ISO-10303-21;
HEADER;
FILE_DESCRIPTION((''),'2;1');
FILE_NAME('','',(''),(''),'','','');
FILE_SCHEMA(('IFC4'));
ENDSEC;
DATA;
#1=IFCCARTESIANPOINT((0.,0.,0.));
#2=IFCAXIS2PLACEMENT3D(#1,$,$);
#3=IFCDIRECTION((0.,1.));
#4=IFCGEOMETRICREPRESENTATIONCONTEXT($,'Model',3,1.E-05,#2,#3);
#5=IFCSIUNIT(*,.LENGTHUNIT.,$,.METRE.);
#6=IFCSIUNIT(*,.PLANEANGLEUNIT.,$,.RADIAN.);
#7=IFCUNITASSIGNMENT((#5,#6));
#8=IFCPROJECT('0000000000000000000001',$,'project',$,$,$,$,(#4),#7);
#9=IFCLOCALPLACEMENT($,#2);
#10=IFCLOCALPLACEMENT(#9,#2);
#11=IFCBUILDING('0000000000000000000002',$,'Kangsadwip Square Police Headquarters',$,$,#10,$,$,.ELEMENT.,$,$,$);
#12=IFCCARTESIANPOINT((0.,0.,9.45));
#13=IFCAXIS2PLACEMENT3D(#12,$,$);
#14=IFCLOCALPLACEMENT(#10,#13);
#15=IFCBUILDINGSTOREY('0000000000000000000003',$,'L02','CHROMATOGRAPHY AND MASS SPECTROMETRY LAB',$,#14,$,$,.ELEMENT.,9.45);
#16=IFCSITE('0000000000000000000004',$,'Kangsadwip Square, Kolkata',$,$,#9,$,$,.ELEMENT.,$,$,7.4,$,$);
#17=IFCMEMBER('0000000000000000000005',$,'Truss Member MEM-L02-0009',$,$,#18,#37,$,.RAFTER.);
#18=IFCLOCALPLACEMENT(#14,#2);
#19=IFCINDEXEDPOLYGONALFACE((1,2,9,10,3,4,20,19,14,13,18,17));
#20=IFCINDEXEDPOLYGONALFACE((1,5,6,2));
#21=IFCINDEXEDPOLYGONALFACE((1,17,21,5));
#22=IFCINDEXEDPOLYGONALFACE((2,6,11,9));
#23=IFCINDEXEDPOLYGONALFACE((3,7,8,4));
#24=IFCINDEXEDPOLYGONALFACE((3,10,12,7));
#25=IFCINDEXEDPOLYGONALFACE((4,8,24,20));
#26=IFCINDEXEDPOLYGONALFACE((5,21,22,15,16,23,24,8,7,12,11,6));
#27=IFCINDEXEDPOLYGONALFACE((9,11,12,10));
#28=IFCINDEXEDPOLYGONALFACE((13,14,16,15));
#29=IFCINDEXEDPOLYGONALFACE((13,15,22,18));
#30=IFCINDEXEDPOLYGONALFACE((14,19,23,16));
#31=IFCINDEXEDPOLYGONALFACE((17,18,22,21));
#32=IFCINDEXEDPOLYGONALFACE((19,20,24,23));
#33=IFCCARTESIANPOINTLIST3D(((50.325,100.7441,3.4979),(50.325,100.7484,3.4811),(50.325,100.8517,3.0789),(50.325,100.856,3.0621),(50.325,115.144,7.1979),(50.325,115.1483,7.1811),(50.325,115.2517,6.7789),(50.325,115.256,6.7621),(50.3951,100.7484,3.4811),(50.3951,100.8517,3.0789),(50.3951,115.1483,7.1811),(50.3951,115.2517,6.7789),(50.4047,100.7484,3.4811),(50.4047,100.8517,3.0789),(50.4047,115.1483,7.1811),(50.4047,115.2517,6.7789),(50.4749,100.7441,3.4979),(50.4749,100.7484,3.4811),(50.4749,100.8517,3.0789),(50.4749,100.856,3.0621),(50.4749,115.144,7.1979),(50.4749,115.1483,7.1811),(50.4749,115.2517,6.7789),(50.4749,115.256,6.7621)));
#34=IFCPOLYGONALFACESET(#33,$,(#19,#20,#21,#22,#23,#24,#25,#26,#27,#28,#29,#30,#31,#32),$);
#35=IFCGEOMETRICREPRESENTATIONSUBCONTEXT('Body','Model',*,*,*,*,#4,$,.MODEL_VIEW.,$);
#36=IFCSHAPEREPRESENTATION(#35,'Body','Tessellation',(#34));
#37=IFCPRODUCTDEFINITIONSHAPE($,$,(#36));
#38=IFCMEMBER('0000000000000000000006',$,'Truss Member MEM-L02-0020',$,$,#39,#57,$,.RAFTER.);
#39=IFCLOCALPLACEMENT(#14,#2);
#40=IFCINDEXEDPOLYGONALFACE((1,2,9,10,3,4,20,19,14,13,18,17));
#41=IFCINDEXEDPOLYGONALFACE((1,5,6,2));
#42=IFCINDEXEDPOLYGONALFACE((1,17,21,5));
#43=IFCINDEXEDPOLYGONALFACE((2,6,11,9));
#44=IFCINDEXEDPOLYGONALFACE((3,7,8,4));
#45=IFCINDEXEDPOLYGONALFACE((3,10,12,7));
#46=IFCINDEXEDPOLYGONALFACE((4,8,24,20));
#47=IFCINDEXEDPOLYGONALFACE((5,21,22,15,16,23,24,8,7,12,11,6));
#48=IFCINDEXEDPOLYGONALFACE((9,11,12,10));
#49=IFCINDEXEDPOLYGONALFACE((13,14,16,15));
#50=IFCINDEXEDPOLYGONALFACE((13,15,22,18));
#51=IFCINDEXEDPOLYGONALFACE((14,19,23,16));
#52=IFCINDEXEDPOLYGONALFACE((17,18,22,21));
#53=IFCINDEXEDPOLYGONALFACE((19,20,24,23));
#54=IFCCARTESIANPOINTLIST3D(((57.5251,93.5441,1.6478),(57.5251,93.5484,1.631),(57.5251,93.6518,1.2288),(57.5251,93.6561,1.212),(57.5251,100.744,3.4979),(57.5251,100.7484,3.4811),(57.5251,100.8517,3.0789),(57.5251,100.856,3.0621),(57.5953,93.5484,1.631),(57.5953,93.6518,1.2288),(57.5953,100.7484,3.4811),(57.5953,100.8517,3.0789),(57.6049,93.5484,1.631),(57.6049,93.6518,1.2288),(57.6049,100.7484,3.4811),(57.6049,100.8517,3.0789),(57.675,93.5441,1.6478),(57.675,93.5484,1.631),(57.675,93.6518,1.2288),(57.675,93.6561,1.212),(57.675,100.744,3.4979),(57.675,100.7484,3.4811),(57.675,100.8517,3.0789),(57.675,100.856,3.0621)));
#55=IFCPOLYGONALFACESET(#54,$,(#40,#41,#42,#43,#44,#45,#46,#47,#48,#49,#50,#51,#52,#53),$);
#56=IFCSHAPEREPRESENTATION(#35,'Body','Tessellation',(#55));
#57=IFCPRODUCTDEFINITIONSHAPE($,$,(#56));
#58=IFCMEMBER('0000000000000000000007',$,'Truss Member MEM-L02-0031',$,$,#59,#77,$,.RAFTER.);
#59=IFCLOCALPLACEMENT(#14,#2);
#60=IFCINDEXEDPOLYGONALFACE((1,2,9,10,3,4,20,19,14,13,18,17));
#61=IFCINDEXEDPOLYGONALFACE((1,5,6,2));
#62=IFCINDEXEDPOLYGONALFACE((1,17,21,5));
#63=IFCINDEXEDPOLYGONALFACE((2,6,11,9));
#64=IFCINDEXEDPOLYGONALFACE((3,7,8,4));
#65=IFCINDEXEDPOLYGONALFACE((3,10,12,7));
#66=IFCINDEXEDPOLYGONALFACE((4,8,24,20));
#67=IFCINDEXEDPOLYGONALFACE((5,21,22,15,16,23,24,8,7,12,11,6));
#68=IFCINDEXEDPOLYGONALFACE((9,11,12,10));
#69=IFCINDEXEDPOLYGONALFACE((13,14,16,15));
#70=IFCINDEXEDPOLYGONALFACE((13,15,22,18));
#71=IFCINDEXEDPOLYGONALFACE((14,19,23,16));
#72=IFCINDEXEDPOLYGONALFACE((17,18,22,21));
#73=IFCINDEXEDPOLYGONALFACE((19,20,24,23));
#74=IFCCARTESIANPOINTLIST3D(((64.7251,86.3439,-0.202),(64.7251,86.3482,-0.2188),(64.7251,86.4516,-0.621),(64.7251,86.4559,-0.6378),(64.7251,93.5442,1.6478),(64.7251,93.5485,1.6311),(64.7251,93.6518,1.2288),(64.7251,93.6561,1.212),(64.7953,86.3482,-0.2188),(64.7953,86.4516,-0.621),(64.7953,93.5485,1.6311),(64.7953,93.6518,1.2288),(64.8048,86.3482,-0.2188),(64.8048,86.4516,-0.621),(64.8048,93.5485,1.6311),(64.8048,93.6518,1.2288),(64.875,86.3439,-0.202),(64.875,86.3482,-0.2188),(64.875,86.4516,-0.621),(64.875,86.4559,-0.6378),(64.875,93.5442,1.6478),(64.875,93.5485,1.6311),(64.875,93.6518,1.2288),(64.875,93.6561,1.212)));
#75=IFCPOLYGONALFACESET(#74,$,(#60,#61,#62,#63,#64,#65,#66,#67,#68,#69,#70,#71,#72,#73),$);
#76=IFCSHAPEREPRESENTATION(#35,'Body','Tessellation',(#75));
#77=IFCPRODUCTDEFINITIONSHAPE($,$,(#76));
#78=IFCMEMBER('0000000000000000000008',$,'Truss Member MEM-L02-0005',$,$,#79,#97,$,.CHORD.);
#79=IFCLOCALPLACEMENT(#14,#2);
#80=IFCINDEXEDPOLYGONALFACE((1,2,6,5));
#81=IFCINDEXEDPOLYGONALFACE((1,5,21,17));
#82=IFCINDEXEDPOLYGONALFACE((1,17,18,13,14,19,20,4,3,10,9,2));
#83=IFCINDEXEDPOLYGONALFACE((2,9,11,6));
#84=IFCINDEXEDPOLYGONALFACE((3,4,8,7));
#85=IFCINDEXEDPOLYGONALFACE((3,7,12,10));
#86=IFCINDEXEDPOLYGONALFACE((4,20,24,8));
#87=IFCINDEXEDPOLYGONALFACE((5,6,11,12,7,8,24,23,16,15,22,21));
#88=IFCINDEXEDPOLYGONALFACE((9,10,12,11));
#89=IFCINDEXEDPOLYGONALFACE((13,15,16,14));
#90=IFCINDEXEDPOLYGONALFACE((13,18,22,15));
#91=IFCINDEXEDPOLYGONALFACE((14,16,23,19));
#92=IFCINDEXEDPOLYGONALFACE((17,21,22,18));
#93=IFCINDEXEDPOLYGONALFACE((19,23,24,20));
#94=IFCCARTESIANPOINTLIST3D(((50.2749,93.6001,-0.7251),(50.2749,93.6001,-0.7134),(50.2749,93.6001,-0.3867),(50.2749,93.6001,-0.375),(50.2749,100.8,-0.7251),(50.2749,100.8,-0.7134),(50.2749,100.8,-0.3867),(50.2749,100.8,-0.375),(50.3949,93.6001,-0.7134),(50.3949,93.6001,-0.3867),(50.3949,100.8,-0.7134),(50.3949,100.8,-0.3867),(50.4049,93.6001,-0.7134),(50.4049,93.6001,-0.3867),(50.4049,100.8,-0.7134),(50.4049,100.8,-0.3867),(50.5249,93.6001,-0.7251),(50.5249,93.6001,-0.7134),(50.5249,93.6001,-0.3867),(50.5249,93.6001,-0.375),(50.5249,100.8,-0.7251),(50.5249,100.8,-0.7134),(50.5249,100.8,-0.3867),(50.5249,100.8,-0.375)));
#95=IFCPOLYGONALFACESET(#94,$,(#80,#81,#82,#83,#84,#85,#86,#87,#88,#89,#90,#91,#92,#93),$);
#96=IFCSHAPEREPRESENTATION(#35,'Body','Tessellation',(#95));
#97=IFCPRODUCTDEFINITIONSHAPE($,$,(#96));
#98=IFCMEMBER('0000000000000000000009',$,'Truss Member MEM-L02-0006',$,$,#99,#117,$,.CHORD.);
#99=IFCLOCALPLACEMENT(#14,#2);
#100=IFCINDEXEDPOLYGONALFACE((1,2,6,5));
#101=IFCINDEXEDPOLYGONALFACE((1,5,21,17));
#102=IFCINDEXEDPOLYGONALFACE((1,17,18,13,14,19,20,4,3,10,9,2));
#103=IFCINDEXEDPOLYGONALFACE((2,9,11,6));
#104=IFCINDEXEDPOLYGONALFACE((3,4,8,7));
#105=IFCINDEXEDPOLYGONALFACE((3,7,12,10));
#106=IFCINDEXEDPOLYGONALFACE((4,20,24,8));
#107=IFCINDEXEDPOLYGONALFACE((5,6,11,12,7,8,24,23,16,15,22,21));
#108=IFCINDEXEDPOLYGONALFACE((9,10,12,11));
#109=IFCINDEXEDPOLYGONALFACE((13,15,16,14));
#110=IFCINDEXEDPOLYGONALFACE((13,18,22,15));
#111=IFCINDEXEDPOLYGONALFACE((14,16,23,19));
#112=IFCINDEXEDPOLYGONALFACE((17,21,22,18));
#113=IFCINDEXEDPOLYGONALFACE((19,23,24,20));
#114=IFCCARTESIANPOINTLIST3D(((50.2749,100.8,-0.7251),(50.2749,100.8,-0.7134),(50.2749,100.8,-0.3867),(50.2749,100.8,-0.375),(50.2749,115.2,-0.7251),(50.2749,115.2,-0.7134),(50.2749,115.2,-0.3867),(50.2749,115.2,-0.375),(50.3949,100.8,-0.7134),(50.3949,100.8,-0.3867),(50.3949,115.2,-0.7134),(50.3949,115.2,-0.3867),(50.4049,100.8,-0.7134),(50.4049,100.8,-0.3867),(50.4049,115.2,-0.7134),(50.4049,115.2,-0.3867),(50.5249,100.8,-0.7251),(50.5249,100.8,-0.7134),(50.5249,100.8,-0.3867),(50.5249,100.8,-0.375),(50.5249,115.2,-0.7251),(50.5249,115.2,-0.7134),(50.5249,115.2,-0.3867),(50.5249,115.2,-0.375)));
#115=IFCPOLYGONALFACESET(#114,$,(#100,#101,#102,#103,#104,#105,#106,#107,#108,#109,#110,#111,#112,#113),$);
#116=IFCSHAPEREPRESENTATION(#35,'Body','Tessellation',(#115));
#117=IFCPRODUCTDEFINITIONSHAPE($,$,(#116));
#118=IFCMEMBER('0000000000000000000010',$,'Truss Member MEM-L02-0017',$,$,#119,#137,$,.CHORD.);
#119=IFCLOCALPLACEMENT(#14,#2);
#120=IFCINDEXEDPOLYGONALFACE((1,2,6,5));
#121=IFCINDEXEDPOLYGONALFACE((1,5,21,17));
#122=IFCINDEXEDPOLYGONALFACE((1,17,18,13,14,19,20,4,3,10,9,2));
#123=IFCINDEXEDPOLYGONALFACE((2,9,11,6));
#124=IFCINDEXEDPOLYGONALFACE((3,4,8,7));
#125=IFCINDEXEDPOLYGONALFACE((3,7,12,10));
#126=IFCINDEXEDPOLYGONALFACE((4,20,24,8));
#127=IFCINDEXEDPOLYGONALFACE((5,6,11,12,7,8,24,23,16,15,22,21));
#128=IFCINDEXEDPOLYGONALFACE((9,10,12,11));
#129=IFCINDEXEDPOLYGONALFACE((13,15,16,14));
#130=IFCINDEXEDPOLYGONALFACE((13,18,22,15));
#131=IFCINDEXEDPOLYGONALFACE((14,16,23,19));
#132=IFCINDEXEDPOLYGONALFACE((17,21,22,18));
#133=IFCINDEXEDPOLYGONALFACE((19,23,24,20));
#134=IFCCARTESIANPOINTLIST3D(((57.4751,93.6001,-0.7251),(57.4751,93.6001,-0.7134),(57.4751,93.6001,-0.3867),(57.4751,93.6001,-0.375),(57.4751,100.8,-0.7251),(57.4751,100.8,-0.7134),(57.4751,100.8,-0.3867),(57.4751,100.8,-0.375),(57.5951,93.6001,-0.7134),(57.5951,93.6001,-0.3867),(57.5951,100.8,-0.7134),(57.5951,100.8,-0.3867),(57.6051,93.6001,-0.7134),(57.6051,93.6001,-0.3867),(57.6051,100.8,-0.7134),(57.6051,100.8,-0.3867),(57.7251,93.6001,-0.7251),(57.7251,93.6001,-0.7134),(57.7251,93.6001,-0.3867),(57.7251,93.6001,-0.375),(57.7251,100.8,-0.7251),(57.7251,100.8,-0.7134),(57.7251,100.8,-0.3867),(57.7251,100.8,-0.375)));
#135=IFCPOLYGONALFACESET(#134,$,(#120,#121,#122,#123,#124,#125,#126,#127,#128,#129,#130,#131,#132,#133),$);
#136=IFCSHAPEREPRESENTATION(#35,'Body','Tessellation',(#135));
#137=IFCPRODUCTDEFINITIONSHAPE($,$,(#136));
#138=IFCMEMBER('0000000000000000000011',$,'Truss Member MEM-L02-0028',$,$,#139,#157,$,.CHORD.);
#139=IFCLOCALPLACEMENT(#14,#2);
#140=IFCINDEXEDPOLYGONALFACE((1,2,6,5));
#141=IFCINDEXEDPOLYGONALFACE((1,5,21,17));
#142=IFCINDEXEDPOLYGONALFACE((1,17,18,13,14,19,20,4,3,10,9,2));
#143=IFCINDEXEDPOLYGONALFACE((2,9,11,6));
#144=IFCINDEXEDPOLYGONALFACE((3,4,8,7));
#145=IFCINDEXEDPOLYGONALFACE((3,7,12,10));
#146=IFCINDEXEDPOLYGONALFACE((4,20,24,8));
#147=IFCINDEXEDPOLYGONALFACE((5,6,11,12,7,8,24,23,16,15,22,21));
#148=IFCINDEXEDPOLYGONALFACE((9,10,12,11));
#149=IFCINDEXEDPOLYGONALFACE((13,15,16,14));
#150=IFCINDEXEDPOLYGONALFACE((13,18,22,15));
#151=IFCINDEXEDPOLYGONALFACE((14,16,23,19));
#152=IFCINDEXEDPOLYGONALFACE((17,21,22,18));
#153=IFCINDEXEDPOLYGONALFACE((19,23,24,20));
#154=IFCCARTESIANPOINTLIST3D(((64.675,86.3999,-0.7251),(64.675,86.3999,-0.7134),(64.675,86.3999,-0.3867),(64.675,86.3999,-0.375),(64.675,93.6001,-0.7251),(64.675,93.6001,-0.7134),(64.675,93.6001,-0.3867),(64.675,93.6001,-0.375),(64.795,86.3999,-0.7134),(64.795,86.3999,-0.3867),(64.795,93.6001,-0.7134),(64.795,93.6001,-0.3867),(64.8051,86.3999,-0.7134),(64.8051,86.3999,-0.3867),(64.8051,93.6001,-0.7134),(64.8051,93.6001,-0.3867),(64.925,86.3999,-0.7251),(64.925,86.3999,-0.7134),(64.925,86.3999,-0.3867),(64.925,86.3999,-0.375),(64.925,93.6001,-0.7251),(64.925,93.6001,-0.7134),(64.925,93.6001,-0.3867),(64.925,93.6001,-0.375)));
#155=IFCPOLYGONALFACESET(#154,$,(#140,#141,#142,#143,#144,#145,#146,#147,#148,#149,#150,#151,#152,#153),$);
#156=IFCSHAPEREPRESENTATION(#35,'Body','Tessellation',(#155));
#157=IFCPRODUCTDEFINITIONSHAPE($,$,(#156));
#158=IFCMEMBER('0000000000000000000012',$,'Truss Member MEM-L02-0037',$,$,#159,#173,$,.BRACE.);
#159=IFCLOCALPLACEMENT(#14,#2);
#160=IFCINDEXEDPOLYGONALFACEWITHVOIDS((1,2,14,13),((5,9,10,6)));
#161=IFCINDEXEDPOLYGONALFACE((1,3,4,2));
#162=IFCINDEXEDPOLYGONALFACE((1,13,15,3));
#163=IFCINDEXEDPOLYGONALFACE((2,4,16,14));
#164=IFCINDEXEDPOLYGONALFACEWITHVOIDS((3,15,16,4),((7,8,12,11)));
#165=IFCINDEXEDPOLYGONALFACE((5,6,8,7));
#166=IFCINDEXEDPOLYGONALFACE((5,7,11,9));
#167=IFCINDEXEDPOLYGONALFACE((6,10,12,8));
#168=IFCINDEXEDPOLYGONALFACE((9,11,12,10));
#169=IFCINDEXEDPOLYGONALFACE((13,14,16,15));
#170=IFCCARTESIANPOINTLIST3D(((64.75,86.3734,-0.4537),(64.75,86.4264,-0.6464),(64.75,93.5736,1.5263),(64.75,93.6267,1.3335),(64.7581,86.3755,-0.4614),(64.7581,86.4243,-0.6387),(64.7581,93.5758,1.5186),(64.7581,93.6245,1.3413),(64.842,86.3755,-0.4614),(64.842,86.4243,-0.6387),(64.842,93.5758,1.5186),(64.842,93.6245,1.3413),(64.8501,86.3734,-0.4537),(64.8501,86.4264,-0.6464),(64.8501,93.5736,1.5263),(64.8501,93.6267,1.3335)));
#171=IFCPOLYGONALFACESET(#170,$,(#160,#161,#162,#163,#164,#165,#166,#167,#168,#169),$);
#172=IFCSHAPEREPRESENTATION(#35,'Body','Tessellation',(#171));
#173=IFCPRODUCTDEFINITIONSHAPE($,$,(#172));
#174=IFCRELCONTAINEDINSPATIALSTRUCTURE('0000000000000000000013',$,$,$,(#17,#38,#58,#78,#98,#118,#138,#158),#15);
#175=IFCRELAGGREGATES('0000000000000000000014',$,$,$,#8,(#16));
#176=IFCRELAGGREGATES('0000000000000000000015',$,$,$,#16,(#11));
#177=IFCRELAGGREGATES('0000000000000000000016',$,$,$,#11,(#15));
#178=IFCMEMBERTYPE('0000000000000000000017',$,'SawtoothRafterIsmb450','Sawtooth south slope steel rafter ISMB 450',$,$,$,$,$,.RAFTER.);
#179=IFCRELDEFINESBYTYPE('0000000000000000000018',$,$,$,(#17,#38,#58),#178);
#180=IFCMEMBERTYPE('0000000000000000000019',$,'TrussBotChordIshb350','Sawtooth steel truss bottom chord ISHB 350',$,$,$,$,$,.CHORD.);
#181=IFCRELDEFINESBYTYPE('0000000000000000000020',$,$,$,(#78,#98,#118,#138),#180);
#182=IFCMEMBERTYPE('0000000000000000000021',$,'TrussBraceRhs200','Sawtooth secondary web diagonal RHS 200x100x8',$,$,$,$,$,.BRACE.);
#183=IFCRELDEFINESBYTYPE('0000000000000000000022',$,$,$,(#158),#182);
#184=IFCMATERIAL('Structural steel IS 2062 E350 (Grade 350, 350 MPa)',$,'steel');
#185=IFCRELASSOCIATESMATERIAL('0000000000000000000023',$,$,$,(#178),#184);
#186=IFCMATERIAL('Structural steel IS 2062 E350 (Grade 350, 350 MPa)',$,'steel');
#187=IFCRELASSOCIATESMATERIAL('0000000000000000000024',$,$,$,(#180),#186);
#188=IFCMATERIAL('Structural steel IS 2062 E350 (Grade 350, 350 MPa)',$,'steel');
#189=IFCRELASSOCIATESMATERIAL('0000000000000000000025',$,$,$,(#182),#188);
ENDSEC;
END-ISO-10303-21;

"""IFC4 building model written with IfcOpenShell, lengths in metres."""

from ifc_helpers import new_model, si_unit, direction, frame, origin, origin_2d, place, context, subcontext, project, spatial, hollow_rectangle, i_section, extrude, material, material_profile, profile_set, type_object, element, save


model = new_model("IFC4")

# Units and contexts
model_context = context("Model", 3, precision=1e-05, world=origin(), true_north=direction((0.0, 1.0)))
body_context = subcontext(model_context, "Body", "Model", "MODEL_VIEW")
ifc_project = project(units=[si_unit("LENGTHUNIT", "METRE"), si_unit("PLANEANGLEUNIT", "RADIAN")], contexts=[model_context])

# Site, building, storey
site_placement = place(None, origin())
site = spatial("IfcSite", under=ifc_project, at=site_placement, Name="Kangsadwip Square, Kolkata", CompositionType="ELEMENT", RefElevation=7.4)
building_placement = place(site_placement, origin())
building = spatial("IfcBuilding", under=site, at=building_placement, Name="Kangsadwip Square Police Headquarters", CompositionType="ELEMENT")
storey_placement = place(building_placement, frame((0.0, 0.0, 9.45)))
storey = spatial("IfcBuildingStorey", under=building, at=storey_placement, Name="L02", Description="CHROMATOGRAPHY AND MASS SPECTROMETRY LAB", CompositionType="ELEMENT", Elevation=9.45)

# Members
ifc_material_1 = material(Name="Structural steel IS 2062 E350 (Grade 350, 350 MPa)", Category="steel")
ifc_material_profile_1 = material_profile(ifc_material_1, i_section(OverallWidth=0.1499, OverallDepth=0.45, WebThickness=0.0095, FlangeThickness=0.0173, at=origin_2d()), Name="ISMB 450")
ifc_profile_set_1 = profile_set([ifc_material_profile_1], Name="Structural steel IS 2062 E350 (Grade 350, 350 MPa)")
member_type_1 = type_object("IfcMemberType", Name="SawtoothRafterIsmb450", Description="Sawtooth south slope steel rafter ISMB 450", PredefinedType="RAFTER", material=ifc_profile_set_1)
member_1_placement = place(storey_placement, frame((50.3999, 100.8, 3.28), z_axis=(0.0, 0.96854, 0.248859), x_axis=(-1.0, 0.0, 0.0)))
element("IfcMember", 1, at=member_1_placement, inside=storey, type_object=member_type_1, Name="Truss Member MEM-L02-0009", PredefinedType="RAFTER", context=body_context, shape_type="SweptSolid", body=[
    extrude(i_section(OverallWidth=0.1499, OverallDepth=0.45, WebThickness=0.0095, FlangeThickness=0.0173, at=origin_2d()), origin(), (0.0, 0.0, 1.0), 14.8677),
])
member_2_placement = place(storey_placement, frame((57.6001, 93.6001, 1.4299), z_axis=(0.0, 0.968536, 0.248875), x_axis=(-1.0, 0.0, 0.0)))
element("IfcMember", 2, at=member_2_placement, inside=storey, type_object=member_type_1, Name="Truss Member MEM-L02-0020", PredefinedType="RAFTER", context=body_context, shape_type="SweptSolid", body=[
    extrude(i_section(OverallWidth=0.1499, OverallDepth=0.45, WebThickness=0.0095, FlangeThickness=0.0173, at=origin_2d()), origin(), (0.0, 0.0, 1.0), 7.4338),
])
member_3_placement = place(storey_placement, frame((64.8, 86.3999, -0.4199), z_axis=(0.0, 0.968546, 0.248836), x_axis=(-1.0, 0.0, 0.0)))
element("IfcMember", 3, at=member_3_placement, inside=storey, type_object=member_type_1, Name="Truss Member MEM-L02-0031", PredefinedType="RAFTER", context=body_context, shape_type="SweptSolid", body=[
    extrude(i_section(OverallWidth=0.1499, OverallDepth=0.45, WebThickness=0.0095, FlangeThickness=0.0173, at=origin_2d()), origin(), (0.0, 0.0, 1.0), 7.4341),
])
ifc_material_2 = material(Name="Structural steel IS 2062 E350 (Grade 350, 350 MPa)", Category="steel")
ifc_material_profile_2 = material_profile(ifc_material_2, i_section(OverallWidth=0.25, OverallDepth=0.3501, WebThickness=0.01, FlangeThickness=0.0117, at=origin_2d()), Name="ISHB 350")
ifc_profile_set_2 = profile_set([ifc_material_profile_2], Name="Structural steel IS 2062 E350 (Grade 350, 350 MPa)")
member_type_2 = type_object("IfcMemberType", Name="TrussBotChordIshb350", Description="Sawtooth steel truss bottom chord ISHB 350", PredefinedType="CHORD", material=ifc_profile_set_2)
member_4_placement = place(storey_placement, frame((50.3999, 93.6001, -0.55), z_axis=(0.0, 1.0, 0.0), x_axis=(-1.0, 0.0, 0.0)))
element("IfcMember", 4, at=member_4_placement, inside=storey, type_object=member_type_2, Name="Truss Member MEM-L02-0005", PredefinedType="CHORD", context=body_context, shape_type="SweptSolid", body=[
    extrude(i_section(OverallWidth=0.25, OverallDepth=0.3501, WebThickness=0.01, FlangeThickness=0.0117, at=origin_2d()), origin(), (0.0, 0.0, 1.0), 7.2),
])
member_5_placement = place(storey_placement, frame((50.3999, 100.8, -0.55), z_axis=(0.0, 1.0, 0.0), x_axis=(-1.0, 0.0, 0.0)))
element("IfcMember", 5, at=member_5_placement, inside=storey, type_object=member_type_2, Name="Truss Member MEM-L02-0006", PredefinedType="CHORD", context=body_context, shape_type="SweptSolid", body=[
    extrude(i_section(OverallWidth=0.25, OverallDepth=0.3501, WebThickness=0.01, FlangeThickness=0.0117, at=origin_2d()), origin(), (0.0, 0.0, 1.0), 14.3999),
])
member_6_placement = place(storey_placement, frame((57.6001, 93.6001, -0.55), z_axis=(0.0, 1.0, 0.0), x_axis=(-1.0, 0.0, 0.0)))
element("IfcMember", 6, at=member_6_placement, inside=storey, type_object=member_type_2, Name="Truss Member MEM-L02-0017", PredefinedType="CHORD", context=body_context, shape_type="SweptSolid", body=[
    extrude(i_section(OverallWidth=0.25, OverallDepth=0.3501, WebThickness=0.01, FlangeThickness=0.0117, at=origin_2d()), origin(), (0.0, 0.0, 1.0), 7.2),
])
member_7_placement = place(storey_placement, frame((64.8, 86.3999, -0.55), z_axis=(0.0, 1.0, 0.0), x_axis=(-1.0, 0.0, 0.0)))
element("IfcMember", 7, at=member_7_placement, inside=storey, type_object=member_type_2, Name="Truss Member MEM-L02-0028", PredefinedType="CHORD", context=body_context, shape_type="SweptSolid", body=[
    extrude(i_section(OverallWidth=0.25, OverallDepth=0.3501, WebThickness=0.01, FlangeThickness=0.0117, at=origin_2d()), origin(), (0.0, 0.0, 1.0), 7.2002),
])
ifc_material_3 = material(Name="Structural steel IS 2062 E350 (Grade 350, 350 MPa)", Category="steel")
ifc_material_profile_3 = material_profile(ifc_material_3, hollow_rectangle(XDim=0.1001, YDim=0.2, WallThickness=0.0081, at=origin_2d()), Name="RHS 200X100X8")
ifc_profile_set_3 = profile_set([ifc_material_profile_3], Name="Structural steel IS 2062 E350 (Grade 350, 350 MPa)")
member_type_3 = type_object("IfcMemberType", Name="TrussBraceRhs200", Description="Sawtooth secondary web diagonal RHS 200x100x8", PredefinedType="BRACE", material=ifc_profile_set_3)
member_8_placement = place(storey_placement, frame((64.8, 86.3999, -0.55), z_axis=(0.0, 0.964208, 0.265147), x_axis=(-1.0, 0.0, 0.0)))
element("IfcMember", 8, at=member_8_placement, inside=storey, type_object=member_type_3, Name="Truss Member MEM-L02-0037", PredefinedType="BRACE", context=body_context, shape_type="SweptSolid", body=[
    extrude(hollow_rectangle(XDim=0.1001, YDim=0.2, WallThickness=0.0081, at=origin_2d()), origin(), (0.0, 0.0, 1.0), 7.4675),
])

save(model, "model.ifc")
